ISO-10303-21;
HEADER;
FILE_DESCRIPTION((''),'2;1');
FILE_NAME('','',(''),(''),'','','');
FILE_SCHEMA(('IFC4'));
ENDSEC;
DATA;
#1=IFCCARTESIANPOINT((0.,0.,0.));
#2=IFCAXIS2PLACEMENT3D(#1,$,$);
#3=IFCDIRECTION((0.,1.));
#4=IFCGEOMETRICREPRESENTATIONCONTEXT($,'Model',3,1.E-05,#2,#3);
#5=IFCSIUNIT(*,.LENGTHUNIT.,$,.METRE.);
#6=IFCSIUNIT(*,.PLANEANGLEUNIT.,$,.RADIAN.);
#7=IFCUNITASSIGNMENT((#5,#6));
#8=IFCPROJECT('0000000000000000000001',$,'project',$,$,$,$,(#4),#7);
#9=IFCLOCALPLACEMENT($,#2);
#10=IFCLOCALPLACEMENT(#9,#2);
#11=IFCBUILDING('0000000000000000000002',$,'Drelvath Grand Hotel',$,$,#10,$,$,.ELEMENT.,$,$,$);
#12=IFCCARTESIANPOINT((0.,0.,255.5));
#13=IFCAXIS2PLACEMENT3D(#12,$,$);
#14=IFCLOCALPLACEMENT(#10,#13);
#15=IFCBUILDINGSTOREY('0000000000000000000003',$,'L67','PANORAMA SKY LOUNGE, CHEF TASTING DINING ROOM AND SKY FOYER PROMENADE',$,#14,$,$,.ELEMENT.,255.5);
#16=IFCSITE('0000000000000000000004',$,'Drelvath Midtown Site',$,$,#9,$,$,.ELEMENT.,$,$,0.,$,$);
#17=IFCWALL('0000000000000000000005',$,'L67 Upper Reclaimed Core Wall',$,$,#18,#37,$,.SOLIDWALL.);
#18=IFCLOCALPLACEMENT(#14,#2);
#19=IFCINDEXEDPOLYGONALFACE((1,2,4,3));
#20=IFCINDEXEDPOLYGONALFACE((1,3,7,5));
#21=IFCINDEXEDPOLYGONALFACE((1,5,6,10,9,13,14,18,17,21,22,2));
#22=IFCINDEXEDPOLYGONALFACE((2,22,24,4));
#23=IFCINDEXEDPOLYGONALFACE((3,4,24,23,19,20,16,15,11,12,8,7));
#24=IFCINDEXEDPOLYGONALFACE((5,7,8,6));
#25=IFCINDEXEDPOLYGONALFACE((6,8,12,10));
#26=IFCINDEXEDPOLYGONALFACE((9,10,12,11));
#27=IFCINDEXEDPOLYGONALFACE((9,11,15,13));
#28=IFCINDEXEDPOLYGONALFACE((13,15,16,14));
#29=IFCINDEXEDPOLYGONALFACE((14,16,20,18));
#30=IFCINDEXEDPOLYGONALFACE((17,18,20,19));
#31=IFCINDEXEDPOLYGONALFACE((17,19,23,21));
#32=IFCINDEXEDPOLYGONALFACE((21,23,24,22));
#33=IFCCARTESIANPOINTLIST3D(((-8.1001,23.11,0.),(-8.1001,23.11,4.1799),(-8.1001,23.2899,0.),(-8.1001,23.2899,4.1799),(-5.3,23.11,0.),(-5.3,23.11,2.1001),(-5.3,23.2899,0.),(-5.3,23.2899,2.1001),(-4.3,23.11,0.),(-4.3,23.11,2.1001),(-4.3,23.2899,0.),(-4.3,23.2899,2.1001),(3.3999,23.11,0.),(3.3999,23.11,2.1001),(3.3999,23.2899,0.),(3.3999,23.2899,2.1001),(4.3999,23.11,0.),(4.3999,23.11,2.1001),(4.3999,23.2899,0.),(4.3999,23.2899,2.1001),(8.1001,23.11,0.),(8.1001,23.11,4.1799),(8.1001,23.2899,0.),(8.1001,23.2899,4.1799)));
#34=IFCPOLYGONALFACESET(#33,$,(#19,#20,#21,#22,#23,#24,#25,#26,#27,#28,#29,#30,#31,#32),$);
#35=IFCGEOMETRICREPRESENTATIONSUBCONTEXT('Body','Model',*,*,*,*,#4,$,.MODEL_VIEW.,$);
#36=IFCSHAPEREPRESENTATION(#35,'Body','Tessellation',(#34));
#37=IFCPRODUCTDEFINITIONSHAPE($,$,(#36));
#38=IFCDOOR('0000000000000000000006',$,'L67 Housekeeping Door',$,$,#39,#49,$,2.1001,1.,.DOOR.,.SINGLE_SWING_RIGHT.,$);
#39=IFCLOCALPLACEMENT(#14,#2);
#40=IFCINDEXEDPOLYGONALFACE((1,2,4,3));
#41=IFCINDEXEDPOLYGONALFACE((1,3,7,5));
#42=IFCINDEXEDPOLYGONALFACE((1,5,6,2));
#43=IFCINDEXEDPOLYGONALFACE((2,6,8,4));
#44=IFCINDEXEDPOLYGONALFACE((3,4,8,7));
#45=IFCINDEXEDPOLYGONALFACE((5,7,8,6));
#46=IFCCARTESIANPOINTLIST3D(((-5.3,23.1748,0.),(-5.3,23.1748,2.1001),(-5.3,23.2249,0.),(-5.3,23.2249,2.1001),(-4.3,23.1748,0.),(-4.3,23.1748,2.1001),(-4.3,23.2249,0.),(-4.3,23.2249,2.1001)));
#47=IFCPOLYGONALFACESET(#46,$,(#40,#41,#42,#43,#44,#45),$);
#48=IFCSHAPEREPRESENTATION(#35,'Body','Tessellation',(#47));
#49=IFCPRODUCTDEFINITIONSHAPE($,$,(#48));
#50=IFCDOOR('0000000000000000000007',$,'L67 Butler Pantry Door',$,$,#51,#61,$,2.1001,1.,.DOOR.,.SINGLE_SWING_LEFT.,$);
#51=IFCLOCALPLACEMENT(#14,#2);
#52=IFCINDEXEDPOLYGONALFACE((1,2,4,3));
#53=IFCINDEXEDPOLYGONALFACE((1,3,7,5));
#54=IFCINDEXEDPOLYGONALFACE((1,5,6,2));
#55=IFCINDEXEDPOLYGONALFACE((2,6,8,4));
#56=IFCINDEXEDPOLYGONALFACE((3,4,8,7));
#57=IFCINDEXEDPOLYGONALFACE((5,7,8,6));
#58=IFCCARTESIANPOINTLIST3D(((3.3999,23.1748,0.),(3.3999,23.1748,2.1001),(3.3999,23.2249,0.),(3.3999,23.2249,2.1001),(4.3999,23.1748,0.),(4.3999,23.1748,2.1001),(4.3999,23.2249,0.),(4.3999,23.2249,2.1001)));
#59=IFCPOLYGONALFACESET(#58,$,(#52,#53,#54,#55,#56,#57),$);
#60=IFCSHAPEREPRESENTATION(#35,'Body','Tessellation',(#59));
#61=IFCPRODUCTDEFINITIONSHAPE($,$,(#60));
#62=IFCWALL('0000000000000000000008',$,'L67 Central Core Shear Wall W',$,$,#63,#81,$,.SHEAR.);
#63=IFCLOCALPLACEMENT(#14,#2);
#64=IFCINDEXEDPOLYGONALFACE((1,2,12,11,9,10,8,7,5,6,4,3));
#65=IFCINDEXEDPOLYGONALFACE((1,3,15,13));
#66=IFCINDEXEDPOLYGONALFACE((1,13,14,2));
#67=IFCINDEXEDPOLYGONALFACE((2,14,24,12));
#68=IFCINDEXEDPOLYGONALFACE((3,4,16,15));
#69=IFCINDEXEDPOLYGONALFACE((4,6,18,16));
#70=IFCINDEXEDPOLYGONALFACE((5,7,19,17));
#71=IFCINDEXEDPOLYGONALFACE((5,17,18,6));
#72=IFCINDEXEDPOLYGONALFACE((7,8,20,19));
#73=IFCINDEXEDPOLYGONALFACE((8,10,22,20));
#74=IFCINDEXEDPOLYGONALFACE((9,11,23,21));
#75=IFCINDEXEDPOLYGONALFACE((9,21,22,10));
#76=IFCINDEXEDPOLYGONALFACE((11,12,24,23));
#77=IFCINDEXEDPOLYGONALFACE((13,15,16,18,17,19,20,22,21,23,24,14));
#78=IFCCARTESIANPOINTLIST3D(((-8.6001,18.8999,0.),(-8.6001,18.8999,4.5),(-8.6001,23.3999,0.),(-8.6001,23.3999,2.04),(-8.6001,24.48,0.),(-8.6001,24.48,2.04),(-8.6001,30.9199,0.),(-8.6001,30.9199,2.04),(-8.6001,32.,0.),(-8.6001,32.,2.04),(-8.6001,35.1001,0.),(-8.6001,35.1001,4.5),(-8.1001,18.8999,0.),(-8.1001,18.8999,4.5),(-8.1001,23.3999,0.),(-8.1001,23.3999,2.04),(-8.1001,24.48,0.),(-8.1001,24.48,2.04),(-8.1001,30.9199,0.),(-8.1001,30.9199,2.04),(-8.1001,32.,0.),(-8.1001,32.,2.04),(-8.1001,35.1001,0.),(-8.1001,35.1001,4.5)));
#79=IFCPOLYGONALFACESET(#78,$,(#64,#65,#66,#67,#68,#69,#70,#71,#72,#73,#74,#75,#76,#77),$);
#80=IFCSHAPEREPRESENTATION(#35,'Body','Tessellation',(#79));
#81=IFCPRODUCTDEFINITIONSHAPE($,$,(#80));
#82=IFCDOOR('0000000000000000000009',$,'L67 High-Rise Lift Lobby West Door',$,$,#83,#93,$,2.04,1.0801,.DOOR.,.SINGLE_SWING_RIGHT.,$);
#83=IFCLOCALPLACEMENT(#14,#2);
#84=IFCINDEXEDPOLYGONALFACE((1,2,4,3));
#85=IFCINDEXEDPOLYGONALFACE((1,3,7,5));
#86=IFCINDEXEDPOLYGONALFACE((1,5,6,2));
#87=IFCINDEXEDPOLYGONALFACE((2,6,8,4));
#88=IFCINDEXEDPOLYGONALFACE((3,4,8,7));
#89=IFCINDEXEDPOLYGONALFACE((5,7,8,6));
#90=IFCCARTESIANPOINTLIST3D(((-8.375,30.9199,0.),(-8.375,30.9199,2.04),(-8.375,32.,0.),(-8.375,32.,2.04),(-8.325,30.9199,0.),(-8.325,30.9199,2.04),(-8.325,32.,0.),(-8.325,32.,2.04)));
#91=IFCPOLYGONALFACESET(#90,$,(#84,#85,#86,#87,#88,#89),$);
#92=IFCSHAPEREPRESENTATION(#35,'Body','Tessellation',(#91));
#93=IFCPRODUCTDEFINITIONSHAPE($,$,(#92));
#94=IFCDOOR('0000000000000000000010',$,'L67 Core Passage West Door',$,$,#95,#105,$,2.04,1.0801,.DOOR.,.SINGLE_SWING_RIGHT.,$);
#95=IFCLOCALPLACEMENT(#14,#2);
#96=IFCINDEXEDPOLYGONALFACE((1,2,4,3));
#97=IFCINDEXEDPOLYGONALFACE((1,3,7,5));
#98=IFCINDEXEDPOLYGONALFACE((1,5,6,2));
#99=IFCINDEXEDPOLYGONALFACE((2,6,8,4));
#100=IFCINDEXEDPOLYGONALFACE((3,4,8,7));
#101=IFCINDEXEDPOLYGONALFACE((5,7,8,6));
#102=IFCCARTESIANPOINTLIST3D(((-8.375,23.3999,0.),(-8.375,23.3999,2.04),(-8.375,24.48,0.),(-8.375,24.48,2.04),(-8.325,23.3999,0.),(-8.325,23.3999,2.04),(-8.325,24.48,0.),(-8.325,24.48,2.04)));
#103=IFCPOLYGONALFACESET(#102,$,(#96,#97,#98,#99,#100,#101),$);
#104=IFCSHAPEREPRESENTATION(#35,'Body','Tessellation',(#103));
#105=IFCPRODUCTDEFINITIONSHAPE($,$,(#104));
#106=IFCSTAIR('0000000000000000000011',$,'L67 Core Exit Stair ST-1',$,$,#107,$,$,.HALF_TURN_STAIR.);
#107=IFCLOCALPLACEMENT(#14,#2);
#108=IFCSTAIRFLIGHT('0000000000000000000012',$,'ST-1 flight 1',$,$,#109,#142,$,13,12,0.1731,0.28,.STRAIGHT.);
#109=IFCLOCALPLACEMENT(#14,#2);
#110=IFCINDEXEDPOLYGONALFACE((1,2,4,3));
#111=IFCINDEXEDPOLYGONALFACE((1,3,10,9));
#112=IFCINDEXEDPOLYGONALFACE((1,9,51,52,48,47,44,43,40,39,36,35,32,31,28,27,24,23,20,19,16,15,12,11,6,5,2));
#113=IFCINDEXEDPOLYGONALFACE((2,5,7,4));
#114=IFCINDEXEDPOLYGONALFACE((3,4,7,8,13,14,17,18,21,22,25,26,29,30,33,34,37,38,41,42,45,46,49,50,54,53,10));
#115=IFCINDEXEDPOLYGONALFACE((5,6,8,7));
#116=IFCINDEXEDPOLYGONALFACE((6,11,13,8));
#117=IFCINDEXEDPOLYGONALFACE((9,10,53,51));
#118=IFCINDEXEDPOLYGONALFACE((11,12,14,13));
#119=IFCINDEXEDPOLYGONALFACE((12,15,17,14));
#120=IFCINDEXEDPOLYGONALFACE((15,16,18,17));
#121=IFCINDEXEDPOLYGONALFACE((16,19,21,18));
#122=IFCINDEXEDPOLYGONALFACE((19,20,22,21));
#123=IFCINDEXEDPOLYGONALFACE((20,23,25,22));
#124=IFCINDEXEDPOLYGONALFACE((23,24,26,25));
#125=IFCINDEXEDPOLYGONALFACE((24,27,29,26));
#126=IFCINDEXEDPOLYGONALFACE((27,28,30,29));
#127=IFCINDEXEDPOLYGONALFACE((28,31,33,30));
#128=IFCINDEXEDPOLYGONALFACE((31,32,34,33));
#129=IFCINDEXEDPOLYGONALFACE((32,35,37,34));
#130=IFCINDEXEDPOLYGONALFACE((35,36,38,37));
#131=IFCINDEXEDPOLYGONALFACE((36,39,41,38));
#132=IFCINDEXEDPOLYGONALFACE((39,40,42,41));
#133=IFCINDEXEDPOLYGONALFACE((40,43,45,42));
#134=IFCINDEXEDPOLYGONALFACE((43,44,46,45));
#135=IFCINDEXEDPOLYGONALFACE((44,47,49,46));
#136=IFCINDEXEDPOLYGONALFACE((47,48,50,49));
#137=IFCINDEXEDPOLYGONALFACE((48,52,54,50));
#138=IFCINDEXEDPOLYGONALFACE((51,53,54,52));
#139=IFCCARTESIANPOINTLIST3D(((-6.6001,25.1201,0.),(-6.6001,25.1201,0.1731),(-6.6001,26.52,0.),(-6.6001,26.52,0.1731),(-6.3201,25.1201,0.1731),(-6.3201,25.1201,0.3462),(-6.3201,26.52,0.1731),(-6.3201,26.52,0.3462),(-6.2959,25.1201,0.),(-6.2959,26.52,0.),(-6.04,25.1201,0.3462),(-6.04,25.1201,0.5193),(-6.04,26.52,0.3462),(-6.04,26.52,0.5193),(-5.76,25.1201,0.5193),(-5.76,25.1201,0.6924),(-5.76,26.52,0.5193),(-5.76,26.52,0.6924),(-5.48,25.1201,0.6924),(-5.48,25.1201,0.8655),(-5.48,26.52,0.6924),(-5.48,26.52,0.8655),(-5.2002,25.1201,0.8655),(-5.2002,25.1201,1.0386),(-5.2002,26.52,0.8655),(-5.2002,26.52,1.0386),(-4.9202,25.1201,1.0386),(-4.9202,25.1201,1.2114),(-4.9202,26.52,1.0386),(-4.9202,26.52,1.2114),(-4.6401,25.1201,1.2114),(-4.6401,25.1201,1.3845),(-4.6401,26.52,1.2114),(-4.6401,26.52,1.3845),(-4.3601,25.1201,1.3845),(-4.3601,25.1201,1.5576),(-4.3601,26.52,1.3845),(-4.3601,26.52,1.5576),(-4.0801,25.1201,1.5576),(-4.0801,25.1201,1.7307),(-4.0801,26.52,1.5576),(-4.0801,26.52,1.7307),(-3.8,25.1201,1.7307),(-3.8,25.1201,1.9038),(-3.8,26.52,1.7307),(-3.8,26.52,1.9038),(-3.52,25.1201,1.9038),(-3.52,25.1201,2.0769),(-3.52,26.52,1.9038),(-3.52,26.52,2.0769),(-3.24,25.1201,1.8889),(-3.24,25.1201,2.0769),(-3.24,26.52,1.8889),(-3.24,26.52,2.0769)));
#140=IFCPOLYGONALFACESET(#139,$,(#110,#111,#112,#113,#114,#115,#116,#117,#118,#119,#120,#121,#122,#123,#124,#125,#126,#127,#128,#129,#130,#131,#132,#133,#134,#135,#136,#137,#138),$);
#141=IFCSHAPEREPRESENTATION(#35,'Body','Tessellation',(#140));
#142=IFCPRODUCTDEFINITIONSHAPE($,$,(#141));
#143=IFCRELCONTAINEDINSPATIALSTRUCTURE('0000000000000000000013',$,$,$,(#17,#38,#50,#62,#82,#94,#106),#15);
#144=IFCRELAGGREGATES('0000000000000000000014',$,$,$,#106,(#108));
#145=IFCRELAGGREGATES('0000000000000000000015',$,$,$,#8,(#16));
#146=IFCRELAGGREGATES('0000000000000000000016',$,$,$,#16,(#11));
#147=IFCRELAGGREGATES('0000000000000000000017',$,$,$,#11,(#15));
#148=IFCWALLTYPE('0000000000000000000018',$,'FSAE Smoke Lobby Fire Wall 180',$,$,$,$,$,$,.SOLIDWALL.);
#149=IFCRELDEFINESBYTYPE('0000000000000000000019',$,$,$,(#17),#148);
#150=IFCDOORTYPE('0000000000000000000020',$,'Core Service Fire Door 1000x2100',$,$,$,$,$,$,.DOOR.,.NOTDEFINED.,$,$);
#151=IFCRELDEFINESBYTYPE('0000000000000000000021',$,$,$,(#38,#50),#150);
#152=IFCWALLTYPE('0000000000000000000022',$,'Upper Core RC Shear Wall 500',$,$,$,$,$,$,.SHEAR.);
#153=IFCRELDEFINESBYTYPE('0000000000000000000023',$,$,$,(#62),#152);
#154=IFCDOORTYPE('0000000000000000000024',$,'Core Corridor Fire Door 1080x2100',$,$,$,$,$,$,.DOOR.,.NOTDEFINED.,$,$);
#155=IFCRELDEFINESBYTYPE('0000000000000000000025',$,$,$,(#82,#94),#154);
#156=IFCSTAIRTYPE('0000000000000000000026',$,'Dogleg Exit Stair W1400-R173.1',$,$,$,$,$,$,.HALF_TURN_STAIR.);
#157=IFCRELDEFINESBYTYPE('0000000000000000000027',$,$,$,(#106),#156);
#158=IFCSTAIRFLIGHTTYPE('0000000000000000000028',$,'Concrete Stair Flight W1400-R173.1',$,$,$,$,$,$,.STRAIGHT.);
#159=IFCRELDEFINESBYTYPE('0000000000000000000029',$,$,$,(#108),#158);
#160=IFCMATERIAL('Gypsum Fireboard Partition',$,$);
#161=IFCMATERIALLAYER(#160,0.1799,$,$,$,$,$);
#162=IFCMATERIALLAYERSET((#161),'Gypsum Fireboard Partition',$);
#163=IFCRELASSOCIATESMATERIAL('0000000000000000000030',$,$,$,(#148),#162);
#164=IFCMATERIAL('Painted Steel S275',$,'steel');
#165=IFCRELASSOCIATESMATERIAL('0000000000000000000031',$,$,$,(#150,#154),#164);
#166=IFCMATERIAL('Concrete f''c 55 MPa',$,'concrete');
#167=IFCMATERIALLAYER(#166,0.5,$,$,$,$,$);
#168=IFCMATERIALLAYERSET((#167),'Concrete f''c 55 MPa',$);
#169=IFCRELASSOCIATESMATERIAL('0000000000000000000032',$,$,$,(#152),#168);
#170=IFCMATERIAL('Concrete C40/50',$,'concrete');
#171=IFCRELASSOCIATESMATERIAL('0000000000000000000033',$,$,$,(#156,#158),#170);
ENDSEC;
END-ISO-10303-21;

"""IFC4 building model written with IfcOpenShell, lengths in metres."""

from ifc_helpers import new_model, si_unit, direction, frame, frame_2d, origin, place, context, subcontext, project, spatial, polyline, rectangle, outline, extrude, material, layer, layer_set, type_object, element, fill, aggregate, save


model = new_model("IFC4")

# Units and contexts
model_context = context("Model", 3, precision=1e-05, world=origin(), true_north=direction((0.0, 1.0)))
body_context = subcontext(model_context, "Body", "Model", "MODEL_VIEW")
ifc_project = project(units=[si_unit("LENGTHUNIT", "METRE"), si_unit("PLANEANGLEUNIT", "RADIAN")], contexts=[model_context])

# Site, building, storey
site_placement = place(None, origin())
site = spatial("IfcSite", under=ifc_project, at=site_placement, Name="Drelvath Midtown Site", CompositionType="ELEMENT", RefElevation=0.0)
building_placement = place(site_placement, origin())
building = spatial("IfcBuilding", under=site, at=building_placement, Name="Drelvath Grand Hotel", CompositionType="ELEMENT")
storey_placement = place(building_placement, frame((0.0, 0.0, 255.5)))
storey = spatial("IfcBuildingStorey", under=building, at=storey_placement, Name="L67", Description="PANORAMA SKY LOUNGE, CHEF TASTING DINING ROOM AND SKY FOYER PROMENADE", CompositionType="ELEMENT", Elevation=255.5)

# Shared definitions
ifc_material_1 = material(Name="Concrete f'c 55 MPa", Category="concrete")

# Shared definitions
ifc_material_2 = material(Name="Concrete C40/50", Category="concrete")
ifc_material_3 = material(Name="Painted Steel S275", Category="steel")

# Shared definitions
ifc_material_4 = material(Name="Gypsum Fireboard Partition")

# Walls, openings, doors
ifc_layer_1 = layer(ifc_material_4, 0.1799)
ifc_layer_set_1 = layer_set([ifc_layer_1], Name="Gypsum Fireboard Partition")
wall_type_1 = type_object("IfcWallType", Name="FSAE Smoke Lobby Fire Wall 180", PredefinedType="SOLIDWALL", material=ifc_layer_set_1)
wall_1_placement = place(storey_placement, frame((-8.1001, 23.2, 0.0), z_axis=(0.0, 0.0, 1.0), x_axis=(1.0, 0.0, 0.0)))
wall_1 = element("IfcWall", 1, at=wall_1_placement, inside=storey, type_object=wall_type_1, Name="L67 Upper Reclaimed Core Wall", PredefinedType="SOLIDWALL", context=body_context, shape_type="SweptSolid", body=[
    extrude(rectangle(XDim=16.2002, YDim=0.1799, at=frame_2d((8.1001, 0.0))), origin(), (0.0, 0.0, 1.0), 4.1799),
])
opening_1_placement = place(wall_1_placement, frame((2.8, 0.0, 0.0)))
opening_1 = element("IfcOpeningElement", 2, at=opening_1_placement, cuts=wall_1, PredefinedType="OPENING", context=body_context, shape_type="SweptSolid", body=[
    extrude(rectangle(XDim=1.0, YDim=2.1001, at=frame_2d((0.5, 1.05))), frame((0.0, 0.0999, 0.0), z_axis=(0.0, -1.0, 0.0), x_axis=(1.0, 0.0, 0.0)), (0.0, 0.0, 1.0), 0.2),
])
opening_2_placement = place(wall_1_placement, frame((11.5, 0.0, 0.0)))
opening_2 = element("IfcOpeningElement", 3, at=opening_2_placement, cuts=wall_1, PredefinedType="OPENING", context=body_context, shape_type="SweptSolid", body=[
    extrude(rectangle(XDim=1.0, YDim=2.1001, at=frame_2d((0.5, 1.05))), frame((0.0, 0.0999, 0.0), z_axis=(0.0, -1.0, 0.0), x_axis=(1.0, 0.0, 0.0)), (0.0, 0.0, 1.0), 0.2),
])
door_type_1 = type_object("IfcDoorType", Name="Core Service Fire Door 1000x2100", OperationType="NOTDEFINED", PredefinedType="DOOR", material=ifc_material_3)
door_1_placement = place(opening_1_placement, origin())
door_1 = element("IfcDoor", 4, at=door_1_placement, inside=storey, type_object=door_type_1, Name="L67 Housekeeping Door", OperationType="SINGLE_SWING_RIGHT", OverallHeight=2.1001, OverallWidth=1.0, PredefinedType="DOOR", context=body_context, shape_type="SweptSolid", body=[
    extrude(rectangle(XDim=1.0, YDim=2.1001, at=frame_2d((0.5, 1.05))), frame((0.0, 0.0249, 0.0), z_axis=(0.0, -1.0, 0.0), x_axis=(1.0, 0.0, 0.0)), (0.0, 0.0, 1.0), 0.05),
])
fill(opening_1, door_1)
door_2_placement = place(opening_2_placement, origin())
door_2 = element("IfcDoor", 5, at=door_2_placement, inside=storey, type_object=door_type_1, Name="L67 Butler Pantry Door", OperationType="SINGLE_SWING_LEFT", OverallHeight=2.1001, OverallWidth=1.0, PredefinedType="DOOR", context=body_context, shape_type="SweptSolid", body=[
    extrude(rectangle(XDim=1.0, YDim=2.1001, at=frame_2d((0.5, 1.05))), frame((0.0, 0.0249, 0.0), z_axis=(0.0, -1.0, 0.0), x_axis=(1.0, 0.0, 0.0)), (0.0, 0.0, 1.0), 0.05),
])
fill(opening_2, door_2)
ifc_layer_2 = layer(ifc_material_1, 0.5)
ifc_layer_set_2 = layer_set([ifc_layer_2], Name="Concrete f'c 55 MPa")
wall_type_2 = type_object("IfcWallType", Name="Upper Core RC Shear Wall 500", PredefinedType="SHEAR", material=ifc_layer_set_2)
wall_2_placement = place(storey_placement, frame((-8.3501, 18.8999, 0.0), z_axis=(0.0, 0.0, 1.0), x_axis=(0.0, 1.0, 0.0)))
wall_2 = element("IfcWall", 6, at=wall_2_placement, inside=storey, type_object=wall_type_2, Name="L67 Central Core Shear Wall W", PredefinedType="SHEAR", context=body_context, shape_type="SweptSolid", body=[
    extrude(rectangle(XDim=16.2002, YDim=0.5, at=frame_2d((8.1001, 0.0))), origin(), (0.0, 0.0, 1.0), 4.5),
])
opening_3_placement = place(wall_2_placement, frame((12.02, 0.0, 0.0)))
opening_3 = element("IfcOpeningElement", 7, at=opening_3_placement, cuts=wall_2, PredefinedType="OPENING", context=body_context, shape_type="SweptSolid", body=[
    extrude(rectangle(XDim=1.0801, YDim=2.04, at=frame_2d((0.54, 1.02))), frame((0.0, 0.26, 0.0), z_axis=(0.0, -1.0, 0.0), x_axis=(1.0, 0.0, 0.0)), (0.0, 0.0, 1.0), 0.52),
])
opening_4_placement = place(wall_2_placement, frame((4.5, 0.0, 0.0)))
opening_4 = element("IfcOpeningElement", 8, at=opening_4_placement, cuts=wall_2, PredefinedType="OPENING", context=body_context, shape_type="SweptSolid", body=[
    extrude(rectangle(XDim=1.0801, YDim=2.04, at=frame_2d((0.54, 1.02))), frame((0.0, 0.26, 0.0), z_axis=(0.0, -1.0, 0.0), x_axis=(1.0, 0.0, 0.0)), (0.0, 0.0, 1.0), 0.52),
])
door_type_2 = type_object("IfcDoorType", Name="Core Corridor Fire Door 1080x2100", OperationType="NOTDEFINED", PredefinedType="DOOR", material=ifc_material_3)
door_3_placement = place(opening_3_placement, origin())
door_3 = element("IfcDoor", 9, at=door_3_placement, inside=storey, type_object=door_type_2, Name="L67 High-Rise Lift Lobby West Door", OperationType="SINGLE_SWING_RIGHT", OverallHeight=2.04, OverallWidth=1.0801, PredefinedType="DOOR", context=body_context, shape_type="SweptSolid", body=[
    extrude(rectangle(XDim=1.0801, YDim=2.04, at=frame_2d((0.54, 1.02))), frame((0.0, 0.0249, 0.0), z_axis=(0.0, -1.0, 0.0), x_axis=(1.0, 0.0, 0.0)), (0.0, 0.0, 1.0), 0.05),
])
fill(opening_3, door_3)
door_4_placement = place(opening_4_placement, origin())
door_4 = element("IfcDoor", 10, at=door_4_placement, inside=storey, type_object=door_type_2, Name="L67 Core Passage West Door", OperationType="SINGLE_SWING_RIGHT", OverallHeight=2.04, OverallWidth=1.0801, PredefinedType="DOOR", context=body_context, shape_type="SweptSolid", body=[
    extrude(rectangle(XDim=1.0801, YDim=2.04, at=frame_2d((0.54, 1.02))), frame((0.0, 0.0249, 0.0), z_axis=(0.0, -1.0, 0.0), x_axis=(1.0, 0.0, 0.0)), (0.0, 0.0, 1.0), 0.05),
])
fill(opening_4, door_4)

# Stair, stair flight
stair_type = type_object("IfcStairType", Name="Dogleg Exit Stair W1400-R173.1", PredefinedType="HALF_TURN_STAIR", material=ifc_material_2)
stair_placement = place(storey_placement, origin())
stair = element("IfcStair", 11, at=stair_placement, inside=storey, type_object=stair_type, Name="L67 Core Exit Stair ST-1", PredefinedType="HALF_TURN_STAIR")
stair_flight_type = type_object("IfcStairFlightType", Name="Concrete Stair Flight W1400-R173.1", PredefinedType="STRAIGHT", material=ifc_material_2)
stair_flight_placement = place(storey_placement, frame((-6.6001, 25.8201, 0.0), z_axis=(0.0, 0.0, 1.0), x_axis=(1.0, 0.0, 0.0)))
stair_flight = element("IfcStairFlight", 12, at=stair_flight_placement, type_object=stair_flight_type, Name="ST-1 flight 1", NumberOfRisers=13, NumberOfTreads=12, PredefinedType="STRAIGHT", RiserHeight=0.1731, TreadLength=0.28, context=body_context, shape_type="SweptSolid", body=[
    extrude(outline(polyline([(0.0, 0.0), (0.0, 0.1731), (0.28, 0.1731), (0.28, 0.3462), (0.5601, 0.3462), (0.5601, 0.5193), (0.8401, 0.5193), (0.8401, 0.6924), (1.1201, 0.6924), (1.1201, 0.8655), (1.3999, 0.8655), (1.3999, 1.0386), (1.6799, 1.0386), (1.6799, 1.2114), (1.96, 1.2114), (1.96, 1.3845), (2.24, 1.3845), (2.24, 1.5576), (2.52, 1.5576), (2.52, 1.7307), (2.8, 1.7307), (2.8, 1.9038), (3.0801, 1.9038), (3.0801, 2.0769), (3.3601, 2.0769), (3.3601, 2.25), (3.3601, 1.8889), (0.3042, 0.0), (0.0, 0.0)])), frame((0.0, 0.7, 0.0), z_axis=(0.0, -1.0, 0.0), x_axis=(1.0, 0.0, 0.0)), (0.0, 0.0, 1.0), 1.3999),
])
aggregate(stair, [stair_flight])

save(model, "model.ifc")
